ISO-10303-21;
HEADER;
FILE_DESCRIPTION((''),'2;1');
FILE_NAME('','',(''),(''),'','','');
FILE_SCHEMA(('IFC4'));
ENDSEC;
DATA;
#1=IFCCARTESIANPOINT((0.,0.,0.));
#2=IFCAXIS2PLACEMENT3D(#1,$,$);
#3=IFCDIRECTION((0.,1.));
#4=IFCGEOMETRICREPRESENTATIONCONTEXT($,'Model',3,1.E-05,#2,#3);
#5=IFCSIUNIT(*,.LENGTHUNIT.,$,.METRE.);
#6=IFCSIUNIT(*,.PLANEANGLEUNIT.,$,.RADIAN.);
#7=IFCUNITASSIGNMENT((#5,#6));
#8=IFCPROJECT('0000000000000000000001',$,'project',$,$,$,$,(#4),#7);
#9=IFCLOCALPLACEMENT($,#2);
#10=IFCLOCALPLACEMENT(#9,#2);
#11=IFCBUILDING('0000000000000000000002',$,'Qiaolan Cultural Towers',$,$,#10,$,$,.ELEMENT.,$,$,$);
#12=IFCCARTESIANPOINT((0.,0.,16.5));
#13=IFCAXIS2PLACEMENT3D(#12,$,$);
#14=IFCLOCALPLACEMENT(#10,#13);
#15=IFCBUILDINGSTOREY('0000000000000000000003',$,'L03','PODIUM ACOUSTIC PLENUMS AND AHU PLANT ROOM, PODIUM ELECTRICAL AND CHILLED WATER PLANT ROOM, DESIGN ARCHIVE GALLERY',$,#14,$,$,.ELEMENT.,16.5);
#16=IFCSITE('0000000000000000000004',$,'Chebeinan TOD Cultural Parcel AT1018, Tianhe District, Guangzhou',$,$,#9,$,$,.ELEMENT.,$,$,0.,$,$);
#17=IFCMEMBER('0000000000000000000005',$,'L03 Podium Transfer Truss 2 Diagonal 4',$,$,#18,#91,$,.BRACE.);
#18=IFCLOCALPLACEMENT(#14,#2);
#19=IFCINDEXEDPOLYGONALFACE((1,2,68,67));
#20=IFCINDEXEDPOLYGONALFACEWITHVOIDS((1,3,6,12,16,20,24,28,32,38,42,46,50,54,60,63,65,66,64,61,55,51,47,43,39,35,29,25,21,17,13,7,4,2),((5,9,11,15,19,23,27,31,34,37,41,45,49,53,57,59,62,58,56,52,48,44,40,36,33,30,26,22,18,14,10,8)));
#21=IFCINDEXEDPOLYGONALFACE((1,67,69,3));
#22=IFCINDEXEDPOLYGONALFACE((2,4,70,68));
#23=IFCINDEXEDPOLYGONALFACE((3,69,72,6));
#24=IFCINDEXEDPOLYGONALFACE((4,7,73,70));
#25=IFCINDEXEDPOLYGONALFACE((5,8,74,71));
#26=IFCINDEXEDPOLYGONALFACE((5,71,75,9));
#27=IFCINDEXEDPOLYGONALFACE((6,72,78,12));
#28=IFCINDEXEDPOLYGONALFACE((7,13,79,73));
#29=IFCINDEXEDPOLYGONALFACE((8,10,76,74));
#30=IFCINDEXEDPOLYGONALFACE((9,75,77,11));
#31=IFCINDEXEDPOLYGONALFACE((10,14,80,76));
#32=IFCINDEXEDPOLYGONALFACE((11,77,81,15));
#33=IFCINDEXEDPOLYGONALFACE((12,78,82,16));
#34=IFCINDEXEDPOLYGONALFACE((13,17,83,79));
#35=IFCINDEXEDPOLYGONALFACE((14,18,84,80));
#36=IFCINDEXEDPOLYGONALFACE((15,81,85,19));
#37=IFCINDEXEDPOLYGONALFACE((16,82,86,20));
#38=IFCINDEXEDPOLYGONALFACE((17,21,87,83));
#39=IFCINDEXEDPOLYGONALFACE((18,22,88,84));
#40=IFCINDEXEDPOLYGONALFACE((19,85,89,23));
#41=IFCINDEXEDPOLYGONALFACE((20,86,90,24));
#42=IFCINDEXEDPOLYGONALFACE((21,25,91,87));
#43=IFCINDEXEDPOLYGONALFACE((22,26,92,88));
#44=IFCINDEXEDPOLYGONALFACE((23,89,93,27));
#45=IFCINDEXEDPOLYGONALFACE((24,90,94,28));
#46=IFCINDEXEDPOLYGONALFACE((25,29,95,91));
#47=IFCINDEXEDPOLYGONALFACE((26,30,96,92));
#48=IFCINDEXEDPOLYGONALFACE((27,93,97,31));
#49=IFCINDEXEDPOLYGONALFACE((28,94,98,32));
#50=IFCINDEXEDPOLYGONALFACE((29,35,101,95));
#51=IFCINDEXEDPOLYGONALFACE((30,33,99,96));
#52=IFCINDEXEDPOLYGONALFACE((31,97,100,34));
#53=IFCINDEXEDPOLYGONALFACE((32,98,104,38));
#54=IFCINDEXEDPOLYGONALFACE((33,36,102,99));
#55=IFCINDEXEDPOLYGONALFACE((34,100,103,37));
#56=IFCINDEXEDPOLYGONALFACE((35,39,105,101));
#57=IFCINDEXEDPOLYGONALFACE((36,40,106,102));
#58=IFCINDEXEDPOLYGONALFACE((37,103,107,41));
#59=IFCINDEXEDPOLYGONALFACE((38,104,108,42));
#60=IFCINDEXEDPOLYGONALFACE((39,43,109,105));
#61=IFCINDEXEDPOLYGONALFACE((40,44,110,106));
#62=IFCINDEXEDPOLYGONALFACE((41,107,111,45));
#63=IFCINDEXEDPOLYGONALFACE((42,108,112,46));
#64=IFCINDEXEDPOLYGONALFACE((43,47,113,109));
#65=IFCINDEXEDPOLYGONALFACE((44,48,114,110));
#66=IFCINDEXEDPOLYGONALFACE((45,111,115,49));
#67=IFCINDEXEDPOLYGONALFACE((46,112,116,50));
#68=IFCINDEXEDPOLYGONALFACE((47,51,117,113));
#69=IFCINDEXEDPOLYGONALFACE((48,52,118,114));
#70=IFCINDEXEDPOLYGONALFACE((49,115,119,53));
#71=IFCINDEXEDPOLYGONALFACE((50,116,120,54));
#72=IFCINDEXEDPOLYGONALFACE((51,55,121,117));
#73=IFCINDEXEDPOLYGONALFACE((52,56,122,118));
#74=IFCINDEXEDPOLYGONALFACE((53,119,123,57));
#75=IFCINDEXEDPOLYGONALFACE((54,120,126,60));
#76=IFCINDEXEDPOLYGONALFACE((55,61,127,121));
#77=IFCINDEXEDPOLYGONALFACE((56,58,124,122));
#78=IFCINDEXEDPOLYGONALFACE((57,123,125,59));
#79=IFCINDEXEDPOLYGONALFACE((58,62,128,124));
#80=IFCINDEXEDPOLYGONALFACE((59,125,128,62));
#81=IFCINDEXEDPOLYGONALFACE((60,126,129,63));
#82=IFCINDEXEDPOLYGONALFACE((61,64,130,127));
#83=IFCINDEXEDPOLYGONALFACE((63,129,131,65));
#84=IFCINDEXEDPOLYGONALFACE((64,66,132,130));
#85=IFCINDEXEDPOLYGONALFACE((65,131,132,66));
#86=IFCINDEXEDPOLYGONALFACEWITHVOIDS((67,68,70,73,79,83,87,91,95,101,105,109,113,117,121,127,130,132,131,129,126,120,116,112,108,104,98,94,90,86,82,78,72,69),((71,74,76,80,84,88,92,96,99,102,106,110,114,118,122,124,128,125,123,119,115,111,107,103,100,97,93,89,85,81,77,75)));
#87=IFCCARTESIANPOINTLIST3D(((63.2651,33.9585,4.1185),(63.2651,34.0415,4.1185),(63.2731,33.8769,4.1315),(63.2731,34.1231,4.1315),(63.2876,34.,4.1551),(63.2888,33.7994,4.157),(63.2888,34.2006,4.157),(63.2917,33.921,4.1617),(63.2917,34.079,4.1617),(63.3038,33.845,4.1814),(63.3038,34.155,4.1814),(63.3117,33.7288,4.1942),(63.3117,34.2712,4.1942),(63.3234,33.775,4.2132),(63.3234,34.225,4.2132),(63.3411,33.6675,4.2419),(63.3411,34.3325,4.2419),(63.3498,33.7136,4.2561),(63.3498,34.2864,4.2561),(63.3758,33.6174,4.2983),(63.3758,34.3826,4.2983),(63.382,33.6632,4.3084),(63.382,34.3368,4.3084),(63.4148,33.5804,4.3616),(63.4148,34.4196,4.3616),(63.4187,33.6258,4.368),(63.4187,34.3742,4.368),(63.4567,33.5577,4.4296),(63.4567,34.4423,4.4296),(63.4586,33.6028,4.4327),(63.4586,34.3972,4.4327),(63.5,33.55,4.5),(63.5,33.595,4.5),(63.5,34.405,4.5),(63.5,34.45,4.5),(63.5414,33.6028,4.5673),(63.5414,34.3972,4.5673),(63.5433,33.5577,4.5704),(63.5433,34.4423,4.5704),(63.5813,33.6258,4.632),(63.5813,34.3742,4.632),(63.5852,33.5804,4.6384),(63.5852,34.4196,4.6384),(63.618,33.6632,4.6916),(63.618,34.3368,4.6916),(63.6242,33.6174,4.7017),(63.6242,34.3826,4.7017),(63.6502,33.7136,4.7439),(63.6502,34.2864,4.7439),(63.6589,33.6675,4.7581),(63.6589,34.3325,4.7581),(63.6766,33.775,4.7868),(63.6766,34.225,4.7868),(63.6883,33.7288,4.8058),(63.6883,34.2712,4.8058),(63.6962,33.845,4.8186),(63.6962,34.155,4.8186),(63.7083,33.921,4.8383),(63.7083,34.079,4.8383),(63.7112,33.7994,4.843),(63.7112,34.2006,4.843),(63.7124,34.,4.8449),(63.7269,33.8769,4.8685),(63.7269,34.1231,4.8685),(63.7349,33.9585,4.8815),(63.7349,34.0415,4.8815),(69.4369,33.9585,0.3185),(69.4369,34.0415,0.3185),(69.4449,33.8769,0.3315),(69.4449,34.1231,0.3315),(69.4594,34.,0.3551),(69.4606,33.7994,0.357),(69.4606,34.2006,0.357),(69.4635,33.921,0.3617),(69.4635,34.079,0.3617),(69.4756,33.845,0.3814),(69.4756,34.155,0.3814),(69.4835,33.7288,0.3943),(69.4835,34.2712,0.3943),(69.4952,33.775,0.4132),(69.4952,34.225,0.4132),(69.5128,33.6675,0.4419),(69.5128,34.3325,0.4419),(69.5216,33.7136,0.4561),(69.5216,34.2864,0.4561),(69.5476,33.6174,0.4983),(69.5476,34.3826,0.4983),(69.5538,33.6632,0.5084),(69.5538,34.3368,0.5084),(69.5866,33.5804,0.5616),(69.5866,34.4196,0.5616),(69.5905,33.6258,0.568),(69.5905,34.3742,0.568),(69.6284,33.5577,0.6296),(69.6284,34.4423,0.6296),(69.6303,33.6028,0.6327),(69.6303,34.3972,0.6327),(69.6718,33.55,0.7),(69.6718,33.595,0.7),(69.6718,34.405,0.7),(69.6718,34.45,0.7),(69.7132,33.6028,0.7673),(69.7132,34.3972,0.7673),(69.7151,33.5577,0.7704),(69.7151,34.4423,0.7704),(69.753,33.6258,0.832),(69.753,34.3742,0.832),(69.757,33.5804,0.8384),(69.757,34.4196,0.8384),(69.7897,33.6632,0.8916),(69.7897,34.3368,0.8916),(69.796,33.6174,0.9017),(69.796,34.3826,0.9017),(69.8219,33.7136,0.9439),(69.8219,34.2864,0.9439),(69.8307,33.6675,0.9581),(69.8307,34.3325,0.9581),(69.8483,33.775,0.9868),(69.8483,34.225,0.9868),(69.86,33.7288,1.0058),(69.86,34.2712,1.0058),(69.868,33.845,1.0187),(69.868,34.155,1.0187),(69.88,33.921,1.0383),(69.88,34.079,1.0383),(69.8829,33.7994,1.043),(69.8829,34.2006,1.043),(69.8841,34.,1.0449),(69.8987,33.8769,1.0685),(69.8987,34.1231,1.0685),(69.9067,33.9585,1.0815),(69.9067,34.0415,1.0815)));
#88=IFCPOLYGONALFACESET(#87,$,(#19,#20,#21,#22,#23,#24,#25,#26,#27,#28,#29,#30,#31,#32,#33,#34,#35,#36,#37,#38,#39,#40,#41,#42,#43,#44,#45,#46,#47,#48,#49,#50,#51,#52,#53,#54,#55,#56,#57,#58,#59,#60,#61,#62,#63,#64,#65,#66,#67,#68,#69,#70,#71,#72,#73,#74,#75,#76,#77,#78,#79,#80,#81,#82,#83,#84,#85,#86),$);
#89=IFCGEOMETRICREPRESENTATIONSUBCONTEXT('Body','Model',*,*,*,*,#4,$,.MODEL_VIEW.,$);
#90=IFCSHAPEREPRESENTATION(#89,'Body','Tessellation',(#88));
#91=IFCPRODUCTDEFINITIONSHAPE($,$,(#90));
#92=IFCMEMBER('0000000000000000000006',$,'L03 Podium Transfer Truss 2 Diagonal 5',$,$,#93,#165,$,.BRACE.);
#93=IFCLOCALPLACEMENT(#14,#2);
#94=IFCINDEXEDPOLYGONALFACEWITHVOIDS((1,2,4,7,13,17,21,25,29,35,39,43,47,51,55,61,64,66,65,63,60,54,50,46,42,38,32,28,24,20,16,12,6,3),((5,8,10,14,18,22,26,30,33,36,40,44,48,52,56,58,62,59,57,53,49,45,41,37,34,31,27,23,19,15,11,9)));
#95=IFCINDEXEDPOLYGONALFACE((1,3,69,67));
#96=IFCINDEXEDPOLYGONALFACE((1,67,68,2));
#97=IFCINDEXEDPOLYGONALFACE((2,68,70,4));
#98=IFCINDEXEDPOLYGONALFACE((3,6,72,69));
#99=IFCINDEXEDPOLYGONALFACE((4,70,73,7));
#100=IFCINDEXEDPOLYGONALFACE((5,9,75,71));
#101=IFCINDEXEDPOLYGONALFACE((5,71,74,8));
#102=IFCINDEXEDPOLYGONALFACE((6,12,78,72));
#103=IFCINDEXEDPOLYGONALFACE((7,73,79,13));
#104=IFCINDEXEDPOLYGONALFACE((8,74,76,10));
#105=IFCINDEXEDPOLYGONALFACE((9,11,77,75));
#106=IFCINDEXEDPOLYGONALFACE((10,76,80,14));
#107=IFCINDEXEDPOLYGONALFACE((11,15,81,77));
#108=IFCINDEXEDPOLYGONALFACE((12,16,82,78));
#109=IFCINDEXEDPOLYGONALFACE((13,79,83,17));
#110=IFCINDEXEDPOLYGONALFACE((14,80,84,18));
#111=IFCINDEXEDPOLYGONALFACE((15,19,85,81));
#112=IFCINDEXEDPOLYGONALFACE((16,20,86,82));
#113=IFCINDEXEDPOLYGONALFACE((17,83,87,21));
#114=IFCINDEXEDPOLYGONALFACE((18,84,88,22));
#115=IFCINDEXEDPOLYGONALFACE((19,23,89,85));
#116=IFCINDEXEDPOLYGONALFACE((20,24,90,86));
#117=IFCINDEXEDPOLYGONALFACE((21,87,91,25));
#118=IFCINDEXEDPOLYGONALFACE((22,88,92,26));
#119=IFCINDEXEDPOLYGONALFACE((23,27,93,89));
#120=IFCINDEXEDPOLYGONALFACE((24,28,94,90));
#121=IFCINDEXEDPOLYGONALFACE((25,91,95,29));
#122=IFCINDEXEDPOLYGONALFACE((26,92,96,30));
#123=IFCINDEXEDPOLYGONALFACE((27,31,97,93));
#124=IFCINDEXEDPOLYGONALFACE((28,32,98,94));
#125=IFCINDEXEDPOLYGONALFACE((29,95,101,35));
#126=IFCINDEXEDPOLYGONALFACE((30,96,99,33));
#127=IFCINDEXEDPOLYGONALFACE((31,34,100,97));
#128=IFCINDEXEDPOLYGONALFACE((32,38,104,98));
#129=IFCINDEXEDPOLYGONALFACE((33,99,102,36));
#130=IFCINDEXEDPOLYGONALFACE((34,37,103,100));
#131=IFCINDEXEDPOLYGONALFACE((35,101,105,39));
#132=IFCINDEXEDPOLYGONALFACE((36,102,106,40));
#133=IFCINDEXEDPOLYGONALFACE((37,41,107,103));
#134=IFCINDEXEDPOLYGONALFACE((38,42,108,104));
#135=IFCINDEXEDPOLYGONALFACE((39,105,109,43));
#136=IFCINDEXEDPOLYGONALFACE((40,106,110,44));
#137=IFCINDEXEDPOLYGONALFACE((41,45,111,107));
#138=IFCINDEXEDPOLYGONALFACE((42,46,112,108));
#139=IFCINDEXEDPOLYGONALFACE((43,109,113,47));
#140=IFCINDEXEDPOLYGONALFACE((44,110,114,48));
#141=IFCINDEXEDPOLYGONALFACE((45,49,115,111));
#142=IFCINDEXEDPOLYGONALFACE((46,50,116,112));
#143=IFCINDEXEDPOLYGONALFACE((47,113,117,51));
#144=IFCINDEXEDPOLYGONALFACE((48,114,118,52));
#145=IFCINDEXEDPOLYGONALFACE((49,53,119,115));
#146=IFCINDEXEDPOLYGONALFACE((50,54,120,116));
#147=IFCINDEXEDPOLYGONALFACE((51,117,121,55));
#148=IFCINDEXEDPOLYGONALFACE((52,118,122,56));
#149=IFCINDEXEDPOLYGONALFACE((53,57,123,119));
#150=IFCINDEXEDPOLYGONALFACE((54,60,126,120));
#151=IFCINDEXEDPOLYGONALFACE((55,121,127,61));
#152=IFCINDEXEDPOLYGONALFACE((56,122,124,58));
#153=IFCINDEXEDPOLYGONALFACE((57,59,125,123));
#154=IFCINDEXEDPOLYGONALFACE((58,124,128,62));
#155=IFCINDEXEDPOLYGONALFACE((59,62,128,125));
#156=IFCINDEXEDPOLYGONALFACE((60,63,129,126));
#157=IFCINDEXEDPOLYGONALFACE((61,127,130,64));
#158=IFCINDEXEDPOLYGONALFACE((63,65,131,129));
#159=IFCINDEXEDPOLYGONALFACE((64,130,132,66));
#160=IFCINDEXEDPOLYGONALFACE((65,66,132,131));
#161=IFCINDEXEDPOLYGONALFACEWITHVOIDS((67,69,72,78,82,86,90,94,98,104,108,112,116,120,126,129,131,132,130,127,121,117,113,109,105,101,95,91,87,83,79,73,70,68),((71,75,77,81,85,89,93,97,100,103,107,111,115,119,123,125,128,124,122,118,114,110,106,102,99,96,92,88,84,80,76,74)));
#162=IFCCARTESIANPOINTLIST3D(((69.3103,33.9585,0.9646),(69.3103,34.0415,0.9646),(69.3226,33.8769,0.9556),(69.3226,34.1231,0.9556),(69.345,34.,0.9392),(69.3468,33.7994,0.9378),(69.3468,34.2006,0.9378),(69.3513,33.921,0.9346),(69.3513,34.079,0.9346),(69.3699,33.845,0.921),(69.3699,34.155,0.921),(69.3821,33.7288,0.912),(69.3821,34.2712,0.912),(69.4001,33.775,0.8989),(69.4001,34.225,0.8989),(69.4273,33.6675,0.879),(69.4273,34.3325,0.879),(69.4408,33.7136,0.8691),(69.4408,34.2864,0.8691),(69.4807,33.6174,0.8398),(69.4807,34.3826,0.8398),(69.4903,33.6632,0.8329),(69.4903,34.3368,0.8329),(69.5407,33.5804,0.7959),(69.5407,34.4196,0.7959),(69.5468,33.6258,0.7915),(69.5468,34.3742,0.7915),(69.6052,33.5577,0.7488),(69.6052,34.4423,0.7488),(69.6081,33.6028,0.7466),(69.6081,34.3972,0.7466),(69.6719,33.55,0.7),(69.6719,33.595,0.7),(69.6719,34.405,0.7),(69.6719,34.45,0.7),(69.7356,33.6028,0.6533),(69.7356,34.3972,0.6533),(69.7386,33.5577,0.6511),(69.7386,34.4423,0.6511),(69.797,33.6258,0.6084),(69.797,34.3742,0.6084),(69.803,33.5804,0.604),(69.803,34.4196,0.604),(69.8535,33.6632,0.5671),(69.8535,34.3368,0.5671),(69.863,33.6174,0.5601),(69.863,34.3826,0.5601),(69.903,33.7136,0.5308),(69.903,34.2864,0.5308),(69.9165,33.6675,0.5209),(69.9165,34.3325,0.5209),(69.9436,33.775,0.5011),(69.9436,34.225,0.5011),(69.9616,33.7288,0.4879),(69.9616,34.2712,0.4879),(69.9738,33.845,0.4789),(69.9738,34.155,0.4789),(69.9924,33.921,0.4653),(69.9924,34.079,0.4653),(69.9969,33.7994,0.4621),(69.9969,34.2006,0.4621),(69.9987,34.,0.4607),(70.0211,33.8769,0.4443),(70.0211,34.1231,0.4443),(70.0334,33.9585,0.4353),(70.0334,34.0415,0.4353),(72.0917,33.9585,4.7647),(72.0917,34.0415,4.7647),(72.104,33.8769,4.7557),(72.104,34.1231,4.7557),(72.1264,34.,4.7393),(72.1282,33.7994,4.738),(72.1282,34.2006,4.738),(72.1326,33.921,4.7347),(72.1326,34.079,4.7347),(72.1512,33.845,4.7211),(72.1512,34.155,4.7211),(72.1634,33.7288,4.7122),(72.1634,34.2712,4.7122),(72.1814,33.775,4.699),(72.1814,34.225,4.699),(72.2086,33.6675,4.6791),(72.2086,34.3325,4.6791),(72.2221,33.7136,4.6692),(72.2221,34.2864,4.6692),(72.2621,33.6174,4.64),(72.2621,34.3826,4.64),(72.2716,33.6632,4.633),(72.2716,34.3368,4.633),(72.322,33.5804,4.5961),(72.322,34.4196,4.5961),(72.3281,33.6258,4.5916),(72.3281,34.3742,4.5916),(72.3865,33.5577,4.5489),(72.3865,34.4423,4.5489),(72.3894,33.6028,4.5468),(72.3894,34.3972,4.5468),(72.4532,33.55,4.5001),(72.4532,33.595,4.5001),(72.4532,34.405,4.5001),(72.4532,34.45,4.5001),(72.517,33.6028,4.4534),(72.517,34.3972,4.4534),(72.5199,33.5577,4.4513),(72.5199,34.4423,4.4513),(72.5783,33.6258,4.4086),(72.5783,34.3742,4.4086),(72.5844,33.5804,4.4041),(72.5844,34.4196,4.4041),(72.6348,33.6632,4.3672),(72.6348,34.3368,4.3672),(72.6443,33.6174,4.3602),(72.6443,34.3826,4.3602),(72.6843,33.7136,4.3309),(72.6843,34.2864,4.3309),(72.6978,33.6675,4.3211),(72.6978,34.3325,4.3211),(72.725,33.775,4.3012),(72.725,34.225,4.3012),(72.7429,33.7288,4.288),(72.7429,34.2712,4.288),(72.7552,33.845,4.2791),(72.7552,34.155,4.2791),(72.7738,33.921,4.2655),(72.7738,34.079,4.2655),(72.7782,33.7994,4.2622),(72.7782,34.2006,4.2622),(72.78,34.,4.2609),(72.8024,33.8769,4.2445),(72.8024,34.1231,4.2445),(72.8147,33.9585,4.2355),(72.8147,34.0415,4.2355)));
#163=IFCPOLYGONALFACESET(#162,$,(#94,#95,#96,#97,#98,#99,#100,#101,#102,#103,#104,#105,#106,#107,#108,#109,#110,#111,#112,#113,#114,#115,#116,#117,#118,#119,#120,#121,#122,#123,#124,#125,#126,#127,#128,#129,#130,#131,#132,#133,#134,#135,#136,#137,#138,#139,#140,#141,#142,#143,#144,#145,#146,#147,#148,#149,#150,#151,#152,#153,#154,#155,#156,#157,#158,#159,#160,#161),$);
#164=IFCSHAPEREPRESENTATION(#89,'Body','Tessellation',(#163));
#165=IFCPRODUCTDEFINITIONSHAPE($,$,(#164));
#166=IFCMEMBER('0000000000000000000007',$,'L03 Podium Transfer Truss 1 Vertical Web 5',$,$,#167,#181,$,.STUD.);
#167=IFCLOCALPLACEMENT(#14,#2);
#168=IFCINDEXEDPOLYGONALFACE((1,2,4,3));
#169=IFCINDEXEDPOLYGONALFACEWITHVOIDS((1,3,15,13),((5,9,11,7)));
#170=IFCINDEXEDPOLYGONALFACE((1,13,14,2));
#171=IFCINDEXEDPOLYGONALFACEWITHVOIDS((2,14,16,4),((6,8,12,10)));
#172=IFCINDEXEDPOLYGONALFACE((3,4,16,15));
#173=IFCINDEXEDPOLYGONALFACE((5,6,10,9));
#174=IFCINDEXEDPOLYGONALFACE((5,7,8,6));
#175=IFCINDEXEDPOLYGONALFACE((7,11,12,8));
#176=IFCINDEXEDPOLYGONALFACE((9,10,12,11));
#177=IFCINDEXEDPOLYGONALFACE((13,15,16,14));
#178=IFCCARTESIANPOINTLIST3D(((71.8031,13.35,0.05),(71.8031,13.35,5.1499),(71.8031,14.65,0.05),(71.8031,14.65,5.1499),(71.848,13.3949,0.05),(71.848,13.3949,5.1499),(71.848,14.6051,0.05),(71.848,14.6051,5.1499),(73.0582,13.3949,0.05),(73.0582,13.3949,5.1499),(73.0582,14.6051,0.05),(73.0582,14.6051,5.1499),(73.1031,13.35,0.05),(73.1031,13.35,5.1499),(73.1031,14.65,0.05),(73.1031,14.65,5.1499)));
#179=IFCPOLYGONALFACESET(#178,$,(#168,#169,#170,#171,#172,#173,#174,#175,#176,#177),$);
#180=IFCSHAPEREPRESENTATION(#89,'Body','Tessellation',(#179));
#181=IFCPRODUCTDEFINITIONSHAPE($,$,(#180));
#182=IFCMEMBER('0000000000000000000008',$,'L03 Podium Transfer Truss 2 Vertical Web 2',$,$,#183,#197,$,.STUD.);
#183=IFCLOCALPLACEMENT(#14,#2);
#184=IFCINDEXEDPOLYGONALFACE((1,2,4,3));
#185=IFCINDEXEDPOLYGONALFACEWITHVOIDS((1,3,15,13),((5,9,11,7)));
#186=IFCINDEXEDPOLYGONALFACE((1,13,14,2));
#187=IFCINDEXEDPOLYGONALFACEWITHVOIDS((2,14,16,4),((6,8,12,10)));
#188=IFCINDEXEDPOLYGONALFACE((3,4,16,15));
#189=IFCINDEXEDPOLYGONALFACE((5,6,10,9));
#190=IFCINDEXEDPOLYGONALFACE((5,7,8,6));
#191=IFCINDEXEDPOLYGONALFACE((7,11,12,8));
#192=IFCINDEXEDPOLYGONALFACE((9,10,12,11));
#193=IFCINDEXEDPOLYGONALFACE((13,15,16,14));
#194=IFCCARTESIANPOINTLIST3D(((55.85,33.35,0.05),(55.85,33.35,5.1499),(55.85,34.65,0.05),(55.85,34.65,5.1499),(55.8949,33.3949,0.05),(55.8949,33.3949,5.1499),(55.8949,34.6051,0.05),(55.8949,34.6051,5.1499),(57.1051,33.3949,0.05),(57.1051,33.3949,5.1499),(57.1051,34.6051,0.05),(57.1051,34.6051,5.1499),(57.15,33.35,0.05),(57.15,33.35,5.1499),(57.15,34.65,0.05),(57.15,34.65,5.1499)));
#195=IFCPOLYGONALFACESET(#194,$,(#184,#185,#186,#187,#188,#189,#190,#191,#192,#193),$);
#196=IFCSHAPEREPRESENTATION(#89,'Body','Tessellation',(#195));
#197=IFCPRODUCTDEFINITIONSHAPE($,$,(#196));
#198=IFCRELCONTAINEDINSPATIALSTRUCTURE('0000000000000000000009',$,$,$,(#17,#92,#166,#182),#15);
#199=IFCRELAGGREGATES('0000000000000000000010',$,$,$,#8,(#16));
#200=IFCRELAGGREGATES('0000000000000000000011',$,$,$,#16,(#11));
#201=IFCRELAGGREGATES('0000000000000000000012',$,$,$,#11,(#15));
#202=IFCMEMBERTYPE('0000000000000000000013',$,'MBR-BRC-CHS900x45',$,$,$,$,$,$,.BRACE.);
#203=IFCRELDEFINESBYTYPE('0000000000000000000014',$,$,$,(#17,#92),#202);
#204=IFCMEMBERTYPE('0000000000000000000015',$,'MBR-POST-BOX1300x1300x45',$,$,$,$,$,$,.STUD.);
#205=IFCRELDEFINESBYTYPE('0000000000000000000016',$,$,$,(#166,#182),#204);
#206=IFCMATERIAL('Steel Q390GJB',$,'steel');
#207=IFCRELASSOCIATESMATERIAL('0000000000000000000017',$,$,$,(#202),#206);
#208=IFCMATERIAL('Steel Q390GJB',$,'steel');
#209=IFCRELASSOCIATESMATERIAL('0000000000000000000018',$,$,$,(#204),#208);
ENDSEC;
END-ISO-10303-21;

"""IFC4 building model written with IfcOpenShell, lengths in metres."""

from ifc_helpers import new_model, si_unit, direction, frame, origin, origin_2d, place, context, subcontext, project, spatial, hollow_rectangle, hollow_circle, extrude, material, material_profile, profile_set, type_object, element, save


model = new_model("IFC4")

# Units and contexts
model_context = context("Model", 3, precision=1e-05, world=origin(), true_north=direction((0.0, 1.0)))
body_context = subcontext(model_context, "Body", "Model", "MODEL_VIEW")
ifc_project = project(units=[si_unit("LENGTHUNIT", "METRE"), si_unit("PLANEANGLEUNIT", "RADIAN")], contexts=[model_context])

# Site, building, storey
site_placement = place(None, origin())
site = spatial("IfcSite", under=ifc_project, at=site_placement, Name="Chebeinan TOD Cultural Parcel AT1018, Tianhe District, Guangzhou", CompositionType="ELEMENT", RefElevation=0.0)
building_placement = place(site_placement, origin())
building = spatial("IfcBuilding", under=site, at=building_placement, Name="Qiaolan Cultural Towers", CompositionType="ELEMENT")
storey_placement = place(building_placement, frame((0.0, 0.0, 16.5)))
storey = spatial("IfcBuildingStorey", under=building, at=storey_placement, Name="L03", Description="PODIUM ACOUSTIC PLENUMS AND AHU PLANT ROOM, PODIUM ELECTRICAL AND CHILLED WATER PLANT ROOM, DESIGN ARCHIVE GALLERY", CompositionType="ELEMENT", Elevation=16.5)

# Members
ifc_material_1 = material(Name="Steel Q390GJB", Category="steel")
ifc_material_profile_1 = material_profile(ifc_material_1, hollow_circle(Radius=0.45, WallThickness=0.0449, at=origin_2d()), Name="CHS900x45")
ifc_profile_set_1 = profile_set([ifc_material_profile_1], Name="Steel Q390GJB")
member_type_1 = type_object("IfcMemberType", Name="MBR-BRC-CHS900x45", PredefinedType="BRACE", material=ifc_profile_set_1)
member_1_placement = place(storey_placement, frame((63.5, 34.0, 4.5), z_axis=(0.851537, 0.0, -0.524295), x_axis=(0.0, 1.0, 0.0)))
element("IfcMember", 1, at=member_1_placement, inside=storey, type_object=member_type_1, Name="L03 Podium Transfer Truss 2 Diagonal 4", PredefinedType="BRACE", context=body_context, shape_type="SweptSolid", body=[
    extrude(hollow_circle(Radius=0.45, WallThickness=0.0449, at=origin_2d()), origin(), (0.0, 0.0, 1.0), 7.2478),
])
member_2_placement = place(storey_placement, frame((69.6719, 34.0, 0.7), z_axis=(0.59061, 0.0, 0.806957), x_axis=(0.0, 1.0, 0.0)))
element("IfcMember", 2, at=member_2_placement, inside=storey, type_object=member_type_1, Name="L03 Podium Transfer Truss 2 Diagonal 5", PredefinedType="BRACE", context=body_context, shape_type="SweptSolid", body=[
    extrude(hollow_circle(Radius=0.45, WallThickness=0.0449, at=origin_2d()), origin(), (0.0, 0.0, 1.0), 4.7092),
])
ifc_material_2 = material(Name="Steel Q390GJB", Category="steel")
ifc_material_profile_2 = material_profile(ifc_material_2, hollow_rectangle(XDim=1.3, YDim=1.3, WallThickness=0.0449, at=origin_2d()), Name="BOX1300x1300x45")
ifc_profile_set_2 = profile_set([ifc_material_profile_2], Name="Steel Q390GJB")
member_type_2 = type_object("IfcMemberType", Name="MBR-POST-BOX1300x1300x45", PredefinedType="STUD", material=ifc_profile_set_2)
for number, where, z_axis, x_axis, name in (
    (3, (72.4531, 14.0, 0.05), (0.0, 0.0, 1.0), (1.0, 0.0, 0.0), "L03 Podium Transfer Truss 1 Vertical Web 5"),
    (4, (56.5, 34.0, 0.05), (0.0, 0.0, 1.0), (1.0, 0.0, 0.0), "L03 Podium Transfer Truss 2 Vertical Web 2"),
):
    element("IfcMember", number, at=place(storey_placement, frame(where, z_axis=z_axis, x_axis=x_axis)), inside=storey, type_object=member_type_2, Name=name, PredefinedType="STUD", context=body_context, shape_type="SweptSolid", body=[
        extrude(hollow_rectangle(XDim=1.3, YDim=1.3, WallThickness=0.0449, at=origin_2d()), origin(), (0.0, 0.0, 1.0), 5.0999),
    ])

save(model, "model.ifc")
